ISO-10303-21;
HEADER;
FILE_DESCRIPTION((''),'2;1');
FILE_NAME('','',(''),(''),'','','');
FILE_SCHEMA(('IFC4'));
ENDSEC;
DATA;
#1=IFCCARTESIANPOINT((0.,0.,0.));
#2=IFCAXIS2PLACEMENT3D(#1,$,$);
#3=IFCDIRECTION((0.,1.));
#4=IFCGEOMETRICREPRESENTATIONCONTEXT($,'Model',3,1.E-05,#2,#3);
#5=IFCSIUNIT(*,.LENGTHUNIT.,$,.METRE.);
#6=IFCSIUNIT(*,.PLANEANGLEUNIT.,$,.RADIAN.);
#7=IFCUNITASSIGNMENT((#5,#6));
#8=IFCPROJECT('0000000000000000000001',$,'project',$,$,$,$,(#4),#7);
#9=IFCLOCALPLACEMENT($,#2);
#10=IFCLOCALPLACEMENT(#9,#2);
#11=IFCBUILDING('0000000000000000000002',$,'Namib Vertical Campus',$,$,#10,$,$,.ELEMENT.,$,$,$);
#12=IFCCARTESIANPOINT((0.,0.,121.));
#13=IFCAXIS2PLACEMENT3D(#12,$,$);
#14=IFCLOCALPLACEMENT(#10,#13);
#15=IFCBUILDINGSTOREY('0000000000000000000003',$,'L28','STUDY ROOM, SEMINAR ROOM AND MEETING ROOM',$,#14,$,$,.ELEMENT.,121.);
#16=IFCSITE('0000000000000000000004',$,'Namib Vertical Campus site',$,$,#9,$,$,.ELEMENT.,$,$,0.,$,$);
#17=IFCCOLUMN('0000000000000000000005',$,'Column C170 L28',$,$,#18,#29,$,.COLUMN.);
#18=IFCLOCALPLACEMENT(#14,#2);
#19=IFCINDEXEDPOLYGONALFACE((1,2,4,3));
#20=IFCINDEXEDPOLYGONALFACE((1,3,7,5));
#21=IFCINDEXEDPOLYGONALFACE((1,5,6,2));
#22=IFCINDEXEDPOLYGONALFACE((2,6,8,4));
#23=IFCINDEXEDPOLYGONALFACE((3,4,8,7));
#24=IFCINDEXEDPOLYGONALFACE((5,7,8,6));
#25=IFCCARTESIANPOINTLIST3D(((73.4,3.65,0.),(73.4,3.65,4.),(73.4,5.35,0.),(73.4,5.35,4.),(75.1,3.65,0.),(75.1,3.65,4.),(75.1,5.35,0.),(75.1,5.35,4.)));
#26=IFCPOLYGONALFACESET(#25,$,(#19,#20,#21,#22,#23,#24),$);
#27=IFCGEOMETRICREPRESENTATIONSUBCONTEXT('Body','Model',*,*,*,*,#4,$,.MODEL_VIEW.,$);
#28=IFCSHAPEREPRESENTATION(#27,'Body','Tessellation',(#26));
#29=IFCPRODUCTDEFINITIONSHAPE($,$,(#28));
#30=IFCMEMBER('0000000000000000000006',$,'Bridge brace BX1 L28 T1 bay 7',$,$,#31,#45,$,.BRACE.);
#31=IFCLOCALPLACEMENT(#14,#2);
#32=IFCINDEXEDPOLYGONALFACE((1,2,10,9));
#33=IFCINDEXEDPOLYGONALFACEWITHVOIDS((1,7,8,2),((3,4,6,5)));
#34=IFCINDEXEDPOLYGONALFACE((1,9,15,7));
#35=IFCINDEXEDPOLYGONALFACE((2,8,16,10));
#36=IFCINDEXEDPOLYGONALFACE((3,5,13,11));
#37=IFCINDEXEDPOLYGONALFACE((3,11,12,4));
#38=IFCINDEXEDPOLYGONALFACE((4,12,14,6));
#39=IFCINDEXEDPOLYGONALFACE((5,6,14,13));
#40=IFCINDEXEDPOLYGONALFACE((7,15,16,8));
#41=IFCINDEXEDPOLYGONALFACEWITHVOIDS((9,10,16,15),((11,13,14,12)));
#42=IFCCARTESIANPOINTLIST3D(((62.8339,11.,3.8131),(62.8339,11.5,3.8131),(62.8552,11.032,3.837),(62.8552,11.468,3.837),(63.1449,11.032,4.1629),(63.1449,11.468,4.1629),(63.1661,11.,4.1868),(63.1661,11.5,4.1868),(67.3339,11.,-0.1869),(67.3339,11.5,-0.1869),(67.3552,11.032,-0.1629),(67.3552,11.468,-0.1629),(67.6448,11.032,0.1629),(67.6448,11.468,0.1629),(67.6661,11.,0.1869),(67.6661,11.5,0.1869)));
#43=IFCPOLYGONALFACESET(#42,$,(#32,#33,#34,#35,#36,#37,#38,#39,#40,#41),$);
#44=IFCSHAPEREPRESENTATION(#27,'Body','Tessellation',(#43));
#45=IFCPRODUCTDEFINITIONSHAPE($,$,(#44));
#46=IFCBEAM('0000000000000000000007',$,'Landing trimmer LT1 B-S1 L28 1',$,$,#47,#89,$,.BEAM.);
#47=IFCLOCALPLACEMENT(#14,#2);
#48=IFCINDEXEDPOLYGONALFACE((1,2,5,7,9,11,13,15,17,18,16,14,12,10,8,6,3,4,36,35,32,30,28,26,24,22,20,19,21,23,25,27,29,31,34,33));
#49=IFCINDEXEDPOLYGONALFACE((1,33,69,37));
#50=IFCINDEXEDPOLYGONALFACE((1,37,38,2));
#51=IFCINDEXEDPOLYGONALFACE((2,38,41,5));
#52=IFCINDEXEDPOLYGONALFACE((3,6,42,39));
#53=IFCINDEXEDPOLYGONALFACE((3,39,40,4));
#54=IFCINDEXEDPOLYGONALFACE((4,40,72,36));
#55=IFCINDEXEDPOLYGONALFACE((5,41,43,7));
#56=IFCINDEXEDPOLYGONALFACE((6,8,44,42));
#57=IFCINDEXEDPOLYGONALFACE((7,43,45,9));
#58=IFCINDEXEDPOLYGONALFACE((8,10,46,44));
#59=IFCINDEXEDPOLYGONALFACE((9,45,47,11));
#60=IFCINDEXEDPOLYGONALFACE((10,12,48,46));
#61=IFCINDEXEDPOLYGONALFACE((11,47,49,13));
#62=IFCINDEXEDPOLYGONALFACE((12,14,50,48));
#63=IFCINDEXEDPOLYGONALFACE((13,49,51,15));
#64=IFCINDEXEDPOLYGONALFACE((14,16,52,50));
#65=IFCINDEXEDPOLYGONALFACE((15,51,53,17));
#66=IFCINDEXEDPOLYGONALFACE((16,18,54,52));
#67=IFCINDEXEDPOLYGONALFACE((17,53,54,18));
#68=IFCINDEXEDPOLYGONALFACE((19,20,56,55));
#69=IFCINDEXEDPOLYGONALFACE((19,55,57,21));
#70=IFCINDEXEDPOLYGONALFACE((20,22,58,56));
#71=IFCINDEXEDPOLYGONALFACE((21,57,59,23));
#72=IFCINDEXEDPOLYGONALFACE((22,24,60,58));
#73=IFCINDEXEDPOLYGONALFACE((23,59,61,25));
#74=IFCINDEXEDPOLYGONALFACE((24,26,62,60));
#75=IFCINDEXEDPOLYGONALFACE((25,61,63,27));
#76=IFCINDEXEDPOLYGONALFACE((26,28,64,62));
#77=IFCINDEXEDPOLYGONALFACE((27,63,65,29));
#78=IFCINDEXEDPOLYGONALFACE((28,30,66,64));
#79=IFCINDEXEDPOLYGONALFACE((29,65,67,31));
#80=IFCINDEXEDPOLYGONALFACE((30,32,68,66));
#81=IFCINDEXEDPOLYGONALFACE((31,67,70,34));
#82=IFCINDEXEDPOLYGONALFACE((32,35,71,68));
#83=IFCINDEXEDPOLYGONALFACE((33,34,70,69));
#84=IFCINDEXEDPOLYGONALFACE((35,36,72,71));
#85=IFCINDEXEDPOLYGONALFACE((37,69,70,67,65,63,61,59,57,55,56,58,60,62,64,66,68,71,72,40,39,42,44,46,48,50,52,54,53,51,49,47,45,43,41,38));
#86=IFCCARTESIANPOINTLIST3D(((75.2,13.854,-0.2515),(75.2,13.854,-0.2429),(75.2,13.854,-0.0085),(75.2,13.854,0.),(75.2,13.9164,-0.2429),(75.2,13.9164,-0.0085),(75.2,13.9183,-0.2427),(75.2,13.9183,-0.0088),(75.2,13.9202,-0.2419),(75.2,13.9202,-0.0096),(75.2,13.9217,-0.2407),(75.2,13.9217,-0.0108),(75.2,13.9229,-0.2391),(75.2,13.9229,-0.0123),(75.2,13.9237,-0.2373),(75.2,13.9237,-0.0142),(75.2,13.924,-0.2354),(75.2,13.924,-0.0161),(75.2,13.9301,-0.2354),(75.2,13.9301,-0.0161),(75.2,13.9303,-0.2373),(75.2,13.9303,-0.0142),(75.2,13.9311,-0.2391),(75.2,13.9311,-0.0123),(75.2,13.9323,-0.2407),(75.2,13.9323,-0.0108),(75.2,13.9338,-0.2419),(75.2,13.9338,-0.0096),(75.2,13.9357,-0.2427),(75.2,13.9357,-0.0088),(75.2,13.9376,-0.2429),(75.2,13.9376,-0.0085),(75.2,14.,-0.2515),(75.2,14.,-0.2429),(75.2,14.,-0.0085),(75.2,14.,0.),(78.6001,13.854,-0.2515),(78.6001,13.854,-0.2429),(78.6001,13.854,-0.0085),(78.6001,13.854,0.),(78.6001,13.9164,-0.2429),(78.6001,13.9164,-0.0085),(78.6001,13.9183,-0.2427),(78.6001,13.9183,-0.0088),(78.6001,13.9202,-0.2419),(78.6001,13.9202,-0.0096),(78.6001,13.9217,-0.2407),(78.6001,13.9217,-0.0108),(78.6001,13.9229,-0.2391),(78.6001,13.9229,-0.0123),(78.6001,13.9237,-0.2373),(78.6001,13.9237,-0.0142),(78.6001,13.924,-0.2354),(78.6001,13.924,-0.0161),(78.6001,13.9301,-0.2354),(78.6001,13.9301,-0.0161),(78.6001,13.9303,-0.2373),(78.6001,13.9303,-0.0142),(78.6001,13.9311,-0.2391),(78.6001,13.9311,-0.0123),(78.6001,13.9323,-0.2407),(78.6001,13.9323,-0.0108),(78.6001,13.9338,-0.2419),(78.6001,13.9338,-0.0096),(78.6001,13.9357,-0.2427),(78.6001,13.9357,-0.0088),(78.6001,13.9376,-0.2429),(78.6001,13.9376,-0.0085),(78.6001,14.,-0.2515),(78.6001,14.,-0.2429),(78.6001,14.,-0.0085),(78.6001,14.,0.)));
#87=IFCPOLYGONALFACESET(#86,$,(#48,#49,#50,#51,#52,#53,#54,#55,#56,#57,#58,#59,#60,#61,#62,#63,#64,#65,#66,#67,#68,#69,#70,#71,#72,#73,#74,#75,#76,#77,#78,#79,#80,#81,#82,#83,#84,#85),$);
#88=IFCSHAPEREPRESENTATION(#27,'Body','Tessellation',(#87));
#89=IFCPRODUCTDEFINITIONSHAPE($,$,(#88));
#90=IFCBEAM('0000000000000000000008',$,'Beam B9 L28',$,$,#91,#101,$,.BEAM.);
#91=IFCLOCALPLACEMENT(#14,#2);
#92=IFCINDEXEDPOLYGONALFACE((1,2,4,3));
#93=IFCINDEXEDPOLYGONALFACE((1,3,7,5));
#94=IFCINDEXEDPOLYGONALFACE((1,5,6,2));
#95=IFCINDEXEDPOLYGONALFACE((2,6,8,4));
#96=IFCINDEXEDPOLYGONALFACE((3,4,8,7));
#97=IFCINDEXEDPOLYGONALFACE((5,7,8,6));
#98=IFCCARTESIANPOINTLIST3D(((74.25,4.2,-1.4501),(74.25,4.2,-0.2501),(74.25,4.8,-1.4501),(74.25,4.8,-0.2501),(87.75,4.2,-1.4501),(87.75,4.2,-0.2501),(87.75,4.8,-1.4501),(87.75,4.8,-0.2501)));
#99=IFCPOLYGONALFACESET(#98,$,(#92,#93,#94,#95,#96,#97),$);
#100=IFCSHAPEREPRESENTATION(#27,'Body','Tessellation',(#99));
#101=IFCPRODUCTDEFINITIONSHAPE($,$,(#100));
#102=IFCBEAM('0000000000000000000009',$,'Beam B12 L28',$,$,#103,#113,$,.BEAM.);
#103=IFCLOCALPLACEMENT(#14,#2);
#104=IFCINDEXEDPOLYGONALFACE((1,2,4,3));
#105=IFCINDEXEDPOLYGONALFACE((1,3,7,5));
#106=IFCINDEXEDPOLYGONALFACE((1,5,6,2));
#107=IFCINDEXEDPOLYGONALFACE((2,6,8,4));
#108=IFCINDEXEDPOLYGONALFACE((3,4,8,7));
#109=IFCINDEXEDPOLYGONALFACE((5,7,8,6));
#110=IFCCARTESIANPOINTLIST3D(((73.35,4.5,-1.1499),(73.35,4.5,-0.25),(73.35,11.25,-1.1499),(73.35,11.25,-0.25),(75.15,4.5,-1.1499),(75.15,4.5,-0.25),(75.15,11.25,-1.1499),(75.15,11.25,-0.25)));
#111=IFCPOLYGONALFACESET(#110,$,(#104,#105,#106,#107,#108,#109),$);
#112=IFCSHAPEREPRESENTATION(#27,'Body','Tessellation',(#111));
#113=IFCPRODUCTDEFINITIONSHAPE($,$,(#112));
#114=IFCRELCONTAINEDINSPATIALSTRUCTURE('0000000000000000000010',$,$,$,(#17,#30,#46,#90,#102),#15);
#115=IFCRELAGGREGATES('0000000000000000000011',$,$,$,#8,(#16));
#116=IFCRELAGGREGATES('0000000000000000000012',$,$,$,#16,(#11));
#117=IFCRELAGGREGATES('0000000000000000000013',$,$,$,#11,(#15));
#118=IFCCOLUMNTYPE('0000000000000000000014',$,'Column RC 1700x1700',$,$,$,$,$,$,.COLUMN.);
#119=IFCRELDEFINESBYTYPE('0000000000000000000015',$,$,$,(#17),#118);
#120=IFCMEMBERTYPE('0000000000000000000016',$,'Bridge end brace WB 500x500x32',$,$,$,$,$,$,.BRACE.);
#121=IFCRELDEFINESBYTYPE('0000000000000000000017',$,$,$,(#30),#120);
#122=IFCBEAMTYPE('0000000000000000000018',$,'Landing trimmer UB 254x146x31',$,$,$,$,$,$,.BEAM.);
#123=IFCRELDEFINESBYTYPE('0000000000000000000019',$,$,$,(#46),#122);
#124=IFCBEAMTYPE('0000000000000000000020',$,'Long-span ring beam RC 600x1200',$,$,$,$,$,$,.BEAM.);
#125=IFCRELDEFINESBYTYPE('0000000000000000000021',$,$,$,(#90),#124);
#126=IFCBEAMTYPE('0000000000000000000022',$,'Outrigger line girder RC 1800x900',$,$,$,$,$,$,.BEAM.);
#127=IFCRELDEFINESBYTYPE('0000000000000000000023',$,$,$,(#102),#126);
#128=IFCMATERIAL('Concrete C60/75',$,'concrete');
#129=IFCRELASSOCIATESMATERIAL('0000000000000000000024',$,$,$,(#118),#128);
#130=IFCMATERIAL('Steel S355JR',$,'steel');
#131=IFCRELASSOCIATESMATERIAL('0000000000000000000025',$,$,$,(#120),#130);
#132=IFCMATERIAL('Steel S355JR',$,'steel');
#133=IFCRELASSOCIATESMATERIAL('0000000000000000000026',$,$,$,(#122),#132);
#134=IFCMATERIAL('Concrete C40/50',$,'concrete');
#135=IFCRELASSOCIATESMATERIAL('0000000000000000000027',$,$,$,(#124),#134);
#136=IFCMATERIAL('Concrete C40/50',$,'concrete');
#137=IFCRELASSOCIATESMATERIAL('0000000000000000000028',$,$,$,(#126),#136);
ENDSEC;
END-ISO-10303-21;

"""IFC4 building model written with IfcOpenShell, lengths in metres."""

from ifc_helpers import new_model, si_unit, direction, frame, origin, origin_2d, place, context, subcontext, project, spatial, rectangle, hollow_rectangle, i_section, extrude, material, material_profile, profile_set, type_object, element, save


model = new_model("IFC4")

# Units and contexts
model_context = context("Model", 3, precision=1e-05, world=origin(), true_north=direction((0.0, 1.0)))
body_context = subcontext(model_context, "Body", "Model", "MODEL_VIEW")
ifc_project = project(units=[si_unit("LENGTHUNIT", "METRE"), si_unit("PLANEANGLEUNIT", "RADIAN")], contexts=[model_context])

# Site, building, storey
site_placement = place(None, origin())
site = spatial("IfcSite", under=ifc_project, at=site_placement, Name="Namib Vertical Campus site", CompositionType="ELEMENT", RefElevation=0.0)
building_placement = place(site_placement, origin())
building = spatial("IfcBuilding", under=site, at=building_placement, Name="Namib Vertical Campus", CompositionType="ELEMENT")
storey_placement = place(building_placement, frame((0.0, 0.0, 121.0)))
storey = spatial("IfcBuildingStorey", under=building, at=storey_placement, Name="L28", Description="STUDY ROOM, SEMINAR ROOM AND MEETING ROOM", CompositionType="ELEMENT", Elevation=121.0)

# Column
ifc_material_1 = material(Name="Concrete C60/75", Category="concrete")
ifc_material_profile_1 = material_profile(ifc_material_1, rectangle(XDim=1.7, YDim=1.7, at=origin_2d()))
ifc_profile_set_1 = profile_set([ifc_material_profile_1], Name="Concrete C60/75")
column_type = type_object("IfcColumnType", Name="Column RC 1700x1700", PredefinedType="COLUMN", material=ifc_profile_set_1)
column_placement = place(storey_placement, frame((74.25, 4.5, 0.0), z_axis=(0.0, 0.0, 1.0), x_axis=(1.0, 0.0, 0.0)))
element("IfcColumn", 1, at=column_placement, inside=storey, type_object=column_type, Name="Column C170 L28", PredefinedType="COLUMN", context=body_context, shape_type="SweptSolid", body=[
    extrude(rectangle(XDim=1.7, YDim=1.7, at=origin_2d()), origin(), (0.0, 0.0, 1.0), 4.0),
])

# Member
ifc_material_2 = material(Name="Steel S355JR", Category="steel")
ifc_material_profile_2 = material_profile(ifc_material_2, hollow_rectangle(XDim=0.5, YDim=0.5, WallThickness=0.032, at=origin_2d()))
ifc_profile_set_2 = profile_set([ifc_material_profile_2], Name="Steel S355JR")
member_type = type_object("IfcMemberType", Name="Bridge end brace WB 500x500x32", PredefinedType="BRACE", material=ifc_profile_set_2)
member_placement = place(storey_placement, frame((67.5, 11.25, 0.0), z_axis=(-0.747409, 0.0, 0.664364), x_axis=(0.0, -1.0, 0.0)))
element("IfcMember", 2, at=member_placement, inside=storey, type_object=member_type, Name="Bridge brace BX1 L28 T1 bay 7", PredefinedType="BRACE", context=body_context, shape_type="SweptSolid", body=[
    extrude(hollow_rectangle(XDim=0.5, YDim=0.5, WallThickness=0.032, at=origin_2d()), origin(), (0.0, 0.0, 1.0), 6.0208),
])

# Beams
ifc_material_3 = material(Name="Steel S355JR", Category="steel")
ifc_material_profile_3 = material_profile(ifc_material_3, i_section(OverallWidth=0.146, OverallDepth=0.2515, WebThickness=0.0061, FlangeThickness=0.0085, FilletRadius=0.0076, at=origin_2d()))
ifc_profile_set_3 = profile_set([ifc_material_profile_3], Name="Steel S355JR")
beam_type_1 = type_object("IfcBeamType", Name="Landing trimmer UB 254x146x31", PredefinedType="BEAM", material=ifc_profile_set_3)
beam_1_placement = place(storey_placement, frame((75.2, 13.927, -0.1257), z_axis=(1.0, 0.0, 0.0), x_axis=(0.0, 1.0, 0.0)))
element("IfcBeam", 3, at=beam_1_placement, inside=storey, type_object=beam_type_1, Name="Landing trimmer LT1 B-S1 L28 1", PredefinedType="BEAM", context=body_context, shape_type="SweptSolid", body=[
    extrude(i_section(OverallWidth=0.146, OverallDepth=0.2515, WebThickness=0.0061, FlangeThickness=0.0085, FilletRadius=0.0076, at=origin_2d()), origin(), (0.0, 0.0, 1.0), 3.4001),
])
ifc_material_4 = material(Name="Concrete C40/50", Category="concrete")
ifc_material_profile_4 = material_profile(ifc_material_4, rectangle(XDim=0.6001, YDim=1.2, at=origin_2d()))
ifc_profile_set_4 = profile_set([ifc_material_profile_4], Name="Concrete C40/50")
beam_type_2 = type_object("IfcBeamType", Name="Long-span ring beam RC 600x1200", PredefinedType="BEAM", material=ifc_profile_set_4)
beam_2_placement = place(storey_placement, frame((74.25, 4.5, -0.8501), z_axis=(1.0, 0.0, 0.0), x_axis=(0.0, 1.0, 0.0)))
element("IfcBeam", 4, at=beam_2_placement, inside=storey, type_object=beam_type_2, Name="Beam B9 L28", PredefinedType="BEAM", context=body_context, shape_type="SweptSolid", body=[
    extrude(rectangle(XDim=0.6001, YDim=1.2, at=origin_2d()), origin(), (0.0, 0.0, 1.0), 13.5),
])
ifc_material_5 = material(Name="Concrete C40/50", Category="concrete")
ifc_material_profile_5 = material_profile(ifc_material_5, rectangle(XDim=1.8, YDim=0.8999, at=origin_2d()))
ifc_profile_set_5 = profile_set([ifc_material_profile_5], Name="Concrete C40/50")
beam_type_3 = type_object("IfcBeamType", Name="Outrigger line girder RC 1800x900", PredefinedType="BEAM", material=ifc_profile_set_5)
beam_3_placement = place(storey_placement, frame((74.25, 4.5, -0.7), z_axis=(0.0, 1.0, 0.0), x_axis=(-1.0, 0.0, 0.0)))
element("IfcBeam", 5, at=beam_3_placement, inside=storey, type_object=beam_type_3, Name="Beam B12 L28", PredefinedType="BEAM", context=body_context, shape_type="SweptSolid", body=[
    extrude(rectangle(XDim=1.8, YDim=0.8999, at=origin_2d()), origin(), (0.0, 0.0, 1.0), 6.75),
])

save(model, "model.ifc")
